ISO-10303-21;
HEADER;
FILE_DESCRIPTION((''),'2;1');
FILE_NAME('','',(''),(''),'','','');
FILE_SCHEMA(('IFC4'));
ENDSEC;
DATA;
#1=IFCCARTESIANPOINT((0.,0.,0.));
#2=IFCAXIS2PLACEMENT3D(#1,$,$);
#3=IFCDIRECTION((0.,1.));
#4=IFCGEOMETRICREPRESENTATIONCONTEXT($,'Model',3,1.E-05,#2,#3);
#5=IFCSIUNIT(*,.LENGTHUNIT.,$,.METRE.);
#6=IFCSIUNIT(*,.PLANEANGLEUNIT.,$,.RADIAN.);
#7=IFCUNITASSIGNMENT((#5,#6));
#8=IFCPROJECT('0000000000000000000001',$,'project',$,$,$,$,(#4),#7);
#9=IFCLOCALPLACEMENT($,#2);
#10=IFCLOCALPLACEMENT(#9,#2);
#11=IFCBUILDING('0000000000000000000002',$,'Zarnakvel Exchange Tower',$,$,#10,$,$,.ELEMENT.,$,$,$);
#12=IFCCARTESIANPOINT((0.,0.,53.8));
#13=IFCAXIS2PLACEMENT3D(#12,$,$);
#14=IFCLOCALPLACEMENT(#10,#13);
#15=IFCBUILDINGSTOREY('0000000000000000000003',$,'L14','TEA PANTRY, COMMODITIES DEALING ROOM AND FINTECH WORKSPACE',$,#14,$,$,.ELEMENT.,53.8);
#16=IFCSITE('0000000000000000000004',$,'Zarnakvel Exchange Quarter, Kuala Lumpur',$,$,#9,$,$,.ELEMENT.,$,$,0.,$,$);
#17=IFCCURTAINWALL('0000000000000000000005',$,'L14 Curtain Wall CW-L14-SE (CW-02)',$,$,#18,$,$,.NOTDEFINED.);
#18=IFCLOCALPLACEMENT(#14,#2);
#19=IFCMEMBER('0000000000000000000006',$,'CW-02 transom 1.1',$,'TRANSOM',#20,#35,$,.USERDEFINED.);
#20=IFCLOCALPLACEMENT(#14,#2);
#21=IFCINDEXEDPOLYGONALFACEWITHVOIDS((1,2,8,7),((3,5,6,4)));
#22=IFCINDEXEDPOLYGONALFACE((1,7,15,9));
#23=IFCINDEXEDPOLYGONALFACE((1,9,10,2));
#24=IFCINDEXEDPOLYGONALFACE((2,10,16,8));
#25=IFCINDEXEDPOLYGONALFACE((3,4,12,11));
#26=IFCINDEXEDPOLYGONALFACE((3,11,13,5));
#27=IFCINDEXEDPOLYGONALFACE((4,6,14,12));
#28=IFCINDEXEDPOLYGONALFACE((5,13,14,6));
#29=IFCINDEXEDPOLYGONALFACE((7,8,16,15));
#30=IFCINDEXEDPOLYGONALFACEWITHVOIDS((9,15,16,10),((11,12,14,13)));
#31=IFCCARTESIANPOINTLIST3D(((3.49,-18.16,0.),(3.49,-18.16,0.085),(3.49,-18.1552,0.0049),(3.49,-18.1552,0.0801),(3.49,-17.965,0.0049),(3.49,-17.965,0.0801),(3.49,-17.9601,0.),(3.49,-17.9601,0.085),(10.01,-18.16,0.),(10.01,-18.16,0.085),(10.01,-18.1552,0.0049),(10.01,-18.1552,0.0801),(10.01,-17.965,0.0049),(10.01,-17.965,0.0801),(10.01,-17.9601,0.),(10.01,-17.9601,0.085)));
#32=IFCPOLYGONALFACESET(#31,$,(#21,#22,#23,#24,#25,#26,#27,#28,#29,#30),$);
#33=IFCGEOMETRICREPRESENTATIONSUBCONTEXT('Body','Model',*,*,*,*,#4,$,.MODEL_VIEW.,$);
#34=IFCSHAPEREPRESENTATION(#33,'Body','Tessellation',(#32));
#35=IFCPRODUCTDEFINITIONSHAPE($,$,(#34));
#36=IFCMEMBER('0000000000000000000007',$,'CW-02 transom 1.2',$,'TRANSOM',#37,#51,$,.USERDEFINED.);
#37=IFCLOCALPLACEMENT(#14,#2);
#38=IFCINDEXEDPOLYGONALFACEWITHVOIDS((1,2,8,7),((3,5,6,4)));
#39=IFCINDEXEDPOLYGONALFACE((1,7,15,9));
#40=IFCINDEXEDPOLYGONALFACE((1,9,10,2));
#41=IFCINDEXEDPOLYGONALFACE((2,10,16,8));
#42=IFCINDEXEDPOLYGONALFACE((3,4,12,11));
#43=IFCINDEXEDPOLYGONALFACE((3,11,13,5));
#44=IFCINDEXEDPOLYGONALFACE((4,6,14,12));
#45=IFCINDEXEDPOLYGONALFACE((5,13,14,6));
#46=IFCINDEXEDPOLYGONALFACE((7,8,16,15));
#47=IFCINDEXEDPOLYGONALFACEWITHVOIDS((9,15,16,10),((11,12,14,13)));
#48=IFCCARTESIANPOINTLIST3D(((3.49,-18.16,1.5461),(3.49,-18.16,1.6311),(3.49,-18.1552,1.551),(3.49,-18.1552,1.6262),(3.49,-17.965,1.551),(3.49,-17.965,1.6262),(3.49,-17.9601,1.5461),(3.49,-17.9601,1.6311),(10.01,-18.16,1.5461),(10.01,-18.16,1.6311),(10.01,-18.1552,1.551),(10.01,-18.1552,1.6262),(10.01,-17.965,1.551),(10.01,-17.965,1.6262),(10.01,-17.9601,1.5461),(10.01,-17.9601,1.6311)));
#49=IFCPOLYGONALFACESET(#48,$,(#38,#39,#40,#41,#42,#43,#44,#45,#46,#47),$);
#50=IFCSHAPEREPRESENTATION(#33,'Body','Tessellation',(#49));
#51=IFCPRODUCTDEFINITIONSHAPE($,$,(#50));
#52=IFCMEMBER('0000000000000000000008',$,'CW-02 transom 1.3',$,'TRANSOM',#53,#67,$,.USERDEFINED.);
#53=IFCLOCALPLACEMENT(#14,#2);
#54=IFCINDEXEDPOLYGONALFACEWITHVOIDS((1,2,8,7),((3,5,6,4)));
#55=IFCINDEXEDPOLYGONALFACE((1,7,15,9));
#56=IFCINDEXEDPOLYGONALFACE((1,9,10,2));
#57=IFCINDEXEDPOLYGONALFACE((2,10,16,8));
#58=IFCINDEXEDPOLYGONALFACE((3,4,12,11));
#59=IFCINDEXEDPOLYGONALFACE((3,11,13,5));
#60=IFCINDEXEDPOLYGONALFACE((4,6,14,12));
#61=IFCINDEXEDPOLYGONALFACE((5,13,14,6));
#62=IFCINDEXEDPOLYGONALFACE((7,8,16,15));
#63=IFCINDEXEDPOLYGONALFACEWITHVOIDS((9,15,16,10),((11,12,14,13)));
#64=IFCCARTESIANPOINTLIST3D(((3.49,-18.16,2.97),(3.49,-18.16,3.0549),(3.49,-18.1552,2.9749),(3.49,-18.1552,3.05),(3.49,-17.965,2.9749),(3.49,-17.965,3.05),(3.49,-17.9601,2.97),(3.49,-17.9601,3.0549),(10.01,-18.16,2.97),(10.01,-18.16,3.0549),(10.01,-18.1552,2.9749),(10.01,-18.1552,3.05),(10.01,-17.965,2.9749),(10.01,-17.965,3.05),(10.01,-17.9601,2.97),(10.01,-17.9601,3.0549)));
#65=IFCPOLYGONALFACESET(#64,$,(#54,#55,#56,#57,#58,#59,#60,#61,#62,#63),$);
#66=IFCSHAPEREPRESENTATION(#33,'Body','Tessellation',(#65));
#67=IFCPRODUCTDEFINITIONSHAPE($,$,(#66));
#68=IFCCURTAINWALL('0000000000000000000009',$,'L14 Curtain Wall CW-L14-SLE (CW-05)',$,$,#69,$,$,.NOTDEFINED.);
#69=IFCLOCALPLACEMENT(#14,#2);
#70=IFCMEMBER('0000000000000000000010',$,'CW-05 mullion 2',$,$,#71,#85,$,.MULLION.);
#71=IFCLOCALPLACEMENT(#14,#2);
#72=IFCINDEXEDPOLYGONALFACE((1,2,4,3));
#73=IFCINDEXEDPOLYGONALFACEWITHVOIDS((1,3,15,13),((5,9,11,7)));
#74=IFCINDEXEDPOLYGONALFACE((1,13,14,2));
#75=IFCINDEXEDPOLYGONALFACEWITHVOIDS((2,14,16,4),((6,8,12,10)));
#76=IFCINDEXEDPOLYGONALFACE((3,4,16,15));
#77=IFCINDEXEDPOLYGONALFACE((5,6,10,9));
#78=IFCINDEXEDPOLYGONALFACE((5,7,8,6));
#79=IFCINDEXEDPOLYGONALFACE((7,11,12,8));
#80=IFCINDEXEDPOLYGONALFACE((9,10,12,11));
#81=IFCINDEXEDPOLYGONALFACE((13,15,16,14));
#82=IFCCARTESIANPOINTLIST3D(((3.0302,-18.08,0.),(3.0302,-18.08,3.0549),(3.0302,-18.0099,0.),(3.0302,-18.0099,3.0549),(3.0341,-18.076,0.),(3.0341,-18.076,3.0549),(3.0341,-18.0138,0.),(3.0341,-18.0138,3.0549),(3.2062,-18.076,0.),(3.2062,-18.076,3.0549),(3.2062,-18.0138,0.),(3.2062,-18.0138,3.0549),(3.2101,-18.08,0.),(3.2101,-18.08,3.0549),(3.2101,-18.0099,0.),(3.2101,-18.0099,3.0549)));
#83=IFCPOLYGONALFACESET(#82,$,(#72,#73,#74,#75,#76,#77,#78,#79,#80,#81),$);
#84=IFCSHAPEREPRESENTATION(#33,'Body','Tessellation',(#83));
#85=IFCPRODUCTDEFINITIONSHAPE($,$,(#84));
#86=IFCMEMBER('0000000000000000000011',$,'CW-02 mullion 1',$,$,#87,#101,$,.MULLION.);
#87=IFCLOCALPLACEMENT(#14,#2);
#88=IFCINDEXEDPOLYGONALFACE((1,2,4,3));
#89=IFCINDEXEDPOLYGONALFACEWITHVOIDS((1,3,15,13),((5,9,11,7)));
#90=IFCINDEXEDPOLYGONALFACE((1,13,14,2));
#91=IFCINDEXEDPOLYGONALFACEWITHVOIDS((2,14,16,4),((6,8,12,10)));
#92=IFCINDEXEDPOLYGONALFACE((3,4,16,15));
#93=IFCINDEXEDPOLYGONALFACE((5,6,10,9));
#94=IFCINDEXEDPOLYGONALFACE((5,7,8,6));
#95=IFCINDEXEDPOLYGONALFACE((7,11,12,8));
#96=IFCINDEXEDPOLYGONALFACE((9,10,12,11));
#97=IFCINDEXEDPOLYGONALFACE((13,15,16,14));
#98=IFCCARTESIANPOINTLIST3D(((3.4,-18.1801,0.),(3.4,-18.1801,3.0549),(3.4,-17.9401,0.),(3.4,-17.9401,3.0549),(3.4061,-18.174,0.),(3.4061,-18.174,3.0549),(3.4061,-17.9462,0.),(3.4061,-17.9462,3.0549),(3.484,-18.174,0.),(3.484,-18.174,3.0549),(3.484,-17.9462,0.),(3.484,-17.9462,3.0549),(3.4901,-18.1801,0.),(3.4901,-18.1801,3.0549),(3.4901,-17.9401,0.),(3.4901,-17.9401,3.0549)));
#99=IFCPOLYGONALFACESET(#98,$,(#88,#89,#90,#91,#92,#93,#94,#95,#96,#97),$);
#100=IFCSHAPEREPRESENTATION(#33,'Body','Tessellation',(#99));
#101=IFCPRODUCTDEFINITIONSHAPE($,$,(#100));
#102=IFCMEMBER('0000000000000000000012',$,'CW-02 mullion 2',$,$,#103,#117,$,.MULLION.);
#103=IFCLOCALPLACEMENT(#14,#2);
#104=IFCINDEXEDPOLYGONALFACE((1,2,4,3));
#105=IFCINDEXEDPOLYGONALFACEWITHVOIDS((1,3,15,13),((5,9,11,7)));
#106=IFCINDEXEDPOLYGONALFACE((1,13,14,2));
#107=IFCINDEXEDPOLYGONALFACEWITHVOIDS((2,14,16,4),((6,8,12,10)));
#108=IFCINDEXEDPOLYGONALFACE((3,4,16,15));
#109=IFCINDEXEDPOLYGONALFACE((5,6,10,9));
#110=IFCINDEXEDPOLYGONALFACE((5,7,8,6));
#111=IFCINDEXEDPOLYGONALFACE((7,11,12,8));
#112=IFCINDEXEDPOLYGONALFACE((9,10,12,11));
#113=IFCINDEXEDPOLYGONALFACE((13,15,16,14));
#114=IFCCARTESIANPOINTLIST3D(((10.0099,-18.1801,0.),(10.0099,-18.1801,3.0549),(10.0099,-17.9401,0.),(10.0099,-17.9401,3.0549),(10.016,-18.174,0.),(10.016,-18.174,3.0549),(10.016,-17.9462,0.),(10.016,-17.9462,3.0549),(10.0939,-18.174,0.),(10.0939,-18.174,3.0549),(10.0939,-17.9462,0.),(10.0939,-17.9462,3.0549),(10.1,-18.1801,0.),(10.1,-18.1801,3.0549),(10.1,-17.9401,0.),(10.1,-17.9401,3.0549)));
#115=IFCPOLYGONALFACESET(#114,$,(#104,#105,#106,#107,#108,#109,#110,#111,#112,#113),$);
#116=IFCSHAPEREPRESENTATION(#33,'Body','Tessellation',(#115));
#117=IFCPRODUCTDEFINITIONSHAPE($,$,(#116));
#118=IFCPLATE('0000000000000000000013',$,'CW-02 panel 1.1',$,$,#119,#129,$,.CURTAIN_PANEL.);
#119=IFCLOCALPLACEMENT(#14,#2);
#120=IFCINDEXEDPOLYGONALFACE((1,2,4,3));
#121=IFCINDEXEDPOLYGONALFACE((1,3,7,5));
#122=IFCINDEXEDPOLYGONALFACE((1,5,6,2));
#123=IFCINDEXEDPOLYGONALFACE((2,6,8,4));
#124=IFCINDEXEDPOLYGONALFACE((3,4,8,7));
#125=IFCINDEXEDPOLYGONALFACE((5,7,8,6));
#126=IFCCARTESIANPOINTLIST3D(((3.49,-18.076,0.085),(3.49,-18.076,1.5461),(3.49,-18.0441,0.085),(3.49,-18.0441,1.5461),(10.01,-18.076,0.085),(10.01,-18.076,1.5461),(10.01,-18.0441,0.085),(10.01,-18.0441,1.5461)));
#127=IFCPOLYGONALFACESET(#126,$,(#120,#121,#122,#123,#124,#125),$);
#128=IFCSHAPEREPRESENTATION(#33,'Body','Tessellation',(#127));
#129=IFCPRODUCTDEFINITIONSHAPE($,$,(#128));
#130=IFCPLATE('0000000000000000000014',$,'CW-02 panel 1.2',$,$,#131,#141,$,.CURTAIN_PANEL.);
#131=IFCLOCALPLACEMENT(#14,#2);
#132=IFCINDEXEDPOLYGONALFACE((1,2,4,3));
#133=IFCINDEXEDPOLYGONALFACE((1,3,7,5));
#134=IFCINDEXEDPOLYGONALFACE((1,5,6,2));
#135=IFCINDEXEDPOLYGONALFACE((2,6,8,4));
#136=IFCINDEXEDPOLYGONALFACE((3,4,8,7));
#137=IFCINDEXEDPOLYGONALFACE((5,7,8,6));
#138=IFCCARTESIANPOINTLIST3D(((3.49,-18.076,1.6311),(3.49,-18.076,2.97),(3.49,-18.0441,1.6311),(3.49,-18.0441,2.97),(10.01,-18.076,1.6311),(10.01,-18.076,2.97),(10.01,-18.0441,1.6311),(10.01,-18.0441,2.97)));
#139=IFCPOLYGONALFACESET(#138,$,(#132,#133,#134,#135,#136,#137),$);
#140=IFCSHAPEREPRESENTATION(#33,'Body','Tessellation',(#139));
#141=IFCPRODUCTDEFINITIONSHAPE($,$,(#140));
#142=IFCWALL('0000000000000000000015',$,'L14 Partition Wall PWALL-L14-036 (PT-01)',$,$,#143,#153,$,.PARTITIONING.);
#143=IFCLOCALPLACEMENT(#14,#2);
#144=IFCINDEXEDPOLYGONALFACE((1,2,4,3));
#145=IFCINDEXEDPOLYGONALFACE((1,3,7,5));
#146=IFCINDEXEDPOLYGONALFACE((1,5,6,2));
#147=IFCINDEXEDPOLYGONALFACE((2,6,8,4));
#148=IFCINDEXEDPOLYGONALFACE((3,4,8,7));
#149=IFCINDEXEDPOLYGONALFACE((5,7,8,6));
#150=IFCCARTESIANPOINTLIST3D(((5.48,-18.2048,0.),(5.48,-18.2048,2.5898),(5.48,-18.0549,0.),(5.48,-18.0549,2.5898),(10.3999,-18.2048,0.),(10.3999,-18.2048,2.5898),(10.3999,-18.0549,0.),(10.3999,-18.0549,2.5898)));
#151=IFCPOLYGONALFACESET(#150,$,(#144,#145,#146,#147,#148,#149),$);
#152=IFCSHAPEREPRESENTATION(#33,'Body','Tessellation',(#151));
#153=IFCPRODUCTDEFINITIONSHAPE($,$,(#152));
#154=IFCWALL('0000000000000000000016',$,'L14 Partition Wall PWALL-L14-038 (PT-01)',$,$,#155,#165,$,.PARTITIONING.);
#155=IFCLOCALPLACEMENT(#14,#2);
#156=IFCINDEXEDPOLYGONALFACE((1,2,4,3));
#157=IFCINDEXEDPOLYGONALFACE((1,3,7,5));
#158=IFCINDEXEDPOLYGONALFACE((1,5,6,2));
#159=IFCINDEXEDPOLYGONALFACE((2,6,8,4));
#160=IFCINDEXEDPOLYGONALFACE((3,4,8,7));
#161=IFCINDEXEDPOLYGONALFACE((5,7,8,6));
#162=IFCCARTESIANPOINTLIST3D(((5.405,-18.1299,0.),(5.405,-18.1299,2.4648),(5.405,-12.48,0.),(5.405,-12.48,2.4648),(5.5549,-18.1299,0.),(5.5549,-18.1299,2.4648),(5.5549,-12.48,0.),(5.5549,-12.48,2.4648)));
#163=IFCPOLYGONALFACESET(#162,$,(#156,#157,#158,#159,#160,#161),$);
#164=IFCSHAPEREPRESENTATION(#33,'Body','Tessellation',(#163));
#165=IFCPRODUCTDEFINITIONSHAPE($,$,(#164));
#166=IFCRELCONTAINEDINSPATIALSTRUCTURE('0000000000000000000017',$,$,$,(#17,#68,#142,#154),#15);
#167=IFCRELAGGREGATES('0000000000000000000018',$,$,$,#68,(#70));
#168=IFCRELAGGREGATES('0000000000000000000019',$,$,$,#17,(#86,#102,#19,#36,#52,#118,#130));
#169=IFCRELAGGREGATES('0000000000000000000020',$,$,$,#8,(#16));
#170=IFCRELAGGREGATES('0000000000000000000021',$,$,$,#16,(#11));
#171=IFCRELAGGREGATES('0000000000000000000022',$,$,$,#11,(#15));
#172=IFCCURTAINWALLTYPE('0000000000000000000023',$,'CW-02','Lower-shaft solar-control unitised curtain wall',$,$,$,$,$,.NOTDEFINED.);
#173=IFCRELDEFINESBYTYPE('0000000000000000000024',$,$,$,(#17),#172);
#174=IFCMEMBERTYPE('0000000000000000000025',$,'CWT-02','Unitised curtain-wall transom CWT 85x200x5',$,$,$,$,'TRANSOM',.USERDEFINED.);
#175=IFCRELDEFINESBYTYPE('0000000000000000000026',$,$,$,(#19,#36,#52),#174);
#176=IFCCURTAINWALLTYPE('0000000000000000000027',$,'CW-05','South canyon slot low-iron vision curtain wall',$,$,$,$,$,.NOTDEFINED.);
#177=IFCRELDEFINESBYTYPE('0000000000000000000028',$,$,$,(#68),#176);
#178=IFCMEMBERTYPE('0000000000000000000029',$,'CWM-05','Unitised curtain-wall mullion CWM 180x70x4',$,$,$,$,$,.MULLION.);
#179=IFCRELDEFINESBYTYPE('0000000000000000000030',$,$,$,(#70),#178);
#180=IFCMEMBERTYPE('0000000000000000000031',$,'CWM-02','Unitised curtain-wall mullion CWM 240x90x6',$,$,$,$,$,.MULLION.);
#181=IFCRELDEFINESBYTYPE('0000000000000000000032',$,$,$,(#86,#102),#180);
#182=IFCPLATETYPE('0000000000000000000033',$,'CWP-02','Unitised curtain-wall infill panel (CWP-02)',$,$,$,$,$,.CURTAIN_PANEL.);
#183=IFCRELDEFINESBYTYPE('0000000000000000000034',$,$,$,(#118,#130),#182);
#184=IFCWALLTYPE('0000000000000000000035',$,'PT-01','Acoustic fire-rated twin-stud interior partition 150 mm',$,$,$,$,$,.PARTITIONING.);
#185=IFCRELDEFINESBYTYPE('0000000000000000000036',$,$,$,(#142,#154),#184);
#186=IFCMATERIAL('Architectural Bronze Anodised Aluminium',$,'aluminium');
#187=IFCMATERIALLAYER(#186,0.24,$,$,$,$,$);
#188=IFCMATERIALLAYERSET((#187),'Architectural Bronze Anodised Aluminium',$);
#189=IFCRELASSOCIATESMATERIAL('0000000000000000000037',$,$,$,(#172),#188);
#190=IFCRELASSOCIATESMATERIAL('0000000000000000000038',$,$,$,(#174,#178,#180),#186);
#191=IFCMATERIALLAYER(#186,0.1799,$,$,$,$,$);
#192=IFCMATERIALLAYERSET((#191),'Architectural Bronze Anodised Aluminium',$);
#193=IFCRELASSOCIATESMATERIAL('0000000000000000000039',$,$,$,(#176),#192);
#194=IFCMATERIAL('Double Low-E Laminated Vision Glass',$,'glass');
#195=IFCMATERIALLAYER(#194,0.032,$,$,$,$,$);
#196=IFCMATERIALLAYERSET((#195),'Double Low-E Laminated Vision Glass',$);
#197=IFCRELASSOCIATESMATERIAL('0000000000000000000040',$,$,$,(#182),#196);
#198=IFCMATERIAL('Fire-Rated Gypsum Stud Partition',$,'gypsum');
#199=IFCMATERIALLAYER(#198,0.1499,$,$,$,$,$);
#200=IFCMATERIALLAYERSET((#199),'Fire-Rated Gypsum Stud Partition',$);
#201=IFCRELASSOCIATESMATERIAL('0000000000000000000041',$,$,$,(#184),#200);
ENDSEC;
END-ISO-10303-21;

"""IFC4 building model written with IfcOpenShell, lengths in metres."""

from ifc_helpers import new_model, si_unit, direction, frame, frame_2d, origin, origin_2d, place, context, subcontext, project, spatial, rectangle, hollow_rectangle, extrude, source, transform, mapped, material, layer, layer_set, material_profile, profile_set, type_object, element, aggregate, save


model = new_model("IFC4")

# Units and contexts
model_context = context("Model", 3, precision=1e-05, world=origin(), true_north=direction((0.0, 1.0)))
body_context = subcontext(model_context, "Body", "Model", "MODEL_VIEW")
ifc_project = project(units=[si_unit("LENGTHUNIT", "METRE"), si_unit("PLANEANGLEUNIT", "RADIAN")], contexts=[model_context])

# Site, building, storey
site_placement = place(None, origin())
site = spatial("IfcSite", under=ifc_project, at=site_placement, Name="Zarnakvel Exchange Quarter, Kuala Lumpur", CompositionType="ELEMENT", RefElevation=0.0)
building_placement = place(site_placement, origin())
building = spatial("IfcBuilding", under=site, at=building_placement, Name="Zarnakvel Exchange Tower", CompositionType="ELEMENT")
storey_placement = place(building_placement, frame((0.0, 0.0, 53.8)))
storey = spatial("IfcBuildingStorey", under=building, at=storey_placement, Name="L14", Description="TEA PANTRY, COMMODITIES DEALING ROOM AND FINTECH WORKSPACE", CompositionType="ELEMENT", Elevation=53.8)

# Curtain wall, members
ifc_material_1 = material(Name="Architectural Bronze Anodised Aluminium", Category="aluminium")
ifc_layer_1 = layer(ifc_material_1, 0.24)
ifc_layer_set_1 = layer_set([ifc_layer_1], Name="Architectural Bronze Anodised Aluminium")
curtain_wall_type_1 = type_object("IfcCurtainWallType", Name="CW-02", Description="Lower-shaft solar-control unitised curtain wall", PredefinedType="NOTDEFINED", material=ifc_layer_set_1)
curtain_wall_1_placement = place(storey_placement, origin())
curtain_wall_1 = element("IfcCurtainWall", 1, at=curtain_wall_1_placement, inside=storey, type_object=curtain_wall_type_1, Name="L14 Curtain Wall CW-L14-SE (CW-02)", PredefinedType="NOTDEFINED")
ifc_material_profile_1 = material_profile(ifc_material_1, hollow_rectangle(XDim=0.2, YDim=0.085, WallThickness=0.0049, at=origin_2d()))
ifc_profile_set_1 = profile_set([ifc_material_profile_1], Name="Architectural Bronze Anodised Aluminium")
member_type_1 = type_object("IfcMemberType", Name="CWT-02", Description="Unitised curtain-wall transom CWT 85x200x5", ElementType="TRANSOM", PredefinedType="USERDEFINED", material=ifc_profile_set_1)
shared_shape_1 = source(origin(), body_context, "Body", "SweptSolid", [
    extrude(hollow_rectangle(XDim=0.2, YDim=0.085, WallThickness=0.0049, at=origin_2d()), origin(), (0.0, 0.0, 1.0), 6.52),
])
member_1_placement = place(storey_placement, frame((3.49, -18.0601, 0.0425), z_axis=(1.0, 0.0, 0.0), x_axis=(0.0, 1.0, 0.0)))
member_1 = element("IfcMember", 2, at=member_1_placement, type_object=member_type_1, Name="CW-02 transom 1.1", ObjectType="TRANSOM", PredefinedType="USERDEFINED", context=body_context, shape_type="MappedRepresentation", body=[
    mapped(shared_shape_1, transform((0.0, 0.0, 0.0), x_axis=(1.0, 0.0, 0.0), y_axis=(0.0, 1.0, 0.0), z_axis=(0.0, 0.0, 1.0), scale=1.0)),
])
member_2_placement = place(storey_placement, frame((3.49, -18.0601, 1.5886), z_axis=(1.0, 0.0, 0.0), x_axis=(0.0, 1.0, 0.0)))
member_2 = element("IfcMember", 3, at=member_2_placement, type_object=member_type_1, Name="CW-02 transom 1.2", ObjectType="TRANSOM", PredefinedType="USERDEFINED", context=body_context, shape_type="MappedRepresentation", body=[
    mapped(shared_shape_1, transform((0.0, 0.0, 0.0), x_axis=(1.0, 0.0, 0.0), y_axis=(0.0, 1.0, 0.0), z_axis=(0.0, 0.0, 1.0), scale=1.0)),
])
member_3_placement = place(storey_placement, frame((3.49, -18.0601, 3.0125), z_axis=(1.0, 0.0, 0.0), x_axis=(0.0, 1.0, 0.0)))
member_3 = element("IfcMember", 4, at=member_3_placement, type_object=member_type_1, Name="CW-02 transom 1.3", ObjectType="TRANSOM", PredefinedType="USERDEFINED", context=body_context, shape_type="MappedRepresentation", body=[
    mapped(shared_shape_1, transform((0.0, 0.0, 0.0), x_axis=(1.0, 0.0, 0.0), y_axis=(0.0, 1.0, 0.0), z_axis=(0.0, 0.0, 1.0), scale=1.0)),
])

# Curtain wall, member
ifc_layer_2 = layer(ifc_material_1, 0.1799)
ifc_layer_set_2 = layer_set([ifc_layer_2], Name="Architectural Bronze Anodised Aluminium")
curtain_wall_type_2 = type_object("IfcCurtainWallType", Name="CW-05", Description="South canyon slot low-iron vision curtain wall", PredefinedType="NOTDEFINED", material=ifc_layer_set_2)
curtain_wall_2_placement = place(storey_placement, origin())
curtain_wall_2 = element("IfcCurtainWall", 5, at=curtain_wall_2_placement, inside=storey, type_object=curtain_wall_type_2, Name="L14 Curtain Wall CW-L14-SLE (CW-05)", PredefinedType="NOTDEFINED")
ifc_material_profile_2 = material_profile(ifc_material_1, hollow_rectangle(XDim=0.1799, YDim=0.0701, WallThickness=0.0039, at=origin_2d()))
ifc_profile_set_2 = profile_set([ifc_material_profile_2], Name="Architectural Bronze Anodised Aluminium")
member_type_2 = type_object("IfcMemberType", Name="CWM-05", Description="Unitised curtain-wall mullion CWM 180x70x4", PredefinedType="MULLION", material=ifc_profile_set_2)
shared_shape_2 = source(origin(), body_context, "Body", "SweptSolid", [
    extrude(hollow_rectangle(XDim=0.1799, YDim=0.0701, WallThickness=0.0039, at=origin_2d()), origin(), (0.0, 0.0, 1.0), 3.0549),
])
member_4_placement = place(storey_placement, frame((3.1201, -18.0449, 0.0), z_axis=(0.0, 0.0, 1.0), x_axis=(1.0, 0.0, 0.0)))
member_4 = element("IfcMember", 6, at=member_4_placement, type_object=member_type_2, Name="CW-05 mullion 2", PredefinedType="MULLION", context=body_context, shape_type="MappedRepresentation", body=[
    mapped(shared_shape_2, transform((0.0, 0.0, 0.0), x_axis=(1.0, 0.0, 0.0), y_axis=(0.0, 1.0, 0.0), z_axis=(0.0, 0.0, 1.0), scale=1.0)),
])
aggregate(curtain_wall_2, [member_4])

# Members
ifc_material_profile_3 = material_profile(ifc_material_1, hollow_rectangle(XDim=0.24, YDim=0.0901, WallThickness=0.0061, at=origin_2d()))
ifc_profile_set_3 = profile_set([ifc_material_profile_3], Name="Architectural Bronze Anodised Aluminium")
member_type_3 = type_object("IfcMemberType", Name="CWM-02", Description="Unitised curtain-wall mullion CWM 240x90x6", PredefinedType="MULLION", material=ifc_profile_set_3)
shared_shape_3 = source(origin(), body_context, "Body", "SweptSolid", [
    extrude(hollow_rectangle(XDim=0.24, YDim=0.0901, WallThickness=0.0061, at=origin_2d()), origin(), (0.0, 0.0, 1.0), 3.0549),
])
member_5_placement = place(storey_placement, frame((3.4451, -18.0601, 0.0), z_axis=(0.0, 0.0, 1.0), x_axis=(0.0, 1.0, 0.0)))
member_5 = element("IfcMember", 7, at=member_5_placement, type_object=member_type_3, Name="CW-02 mullion 1", PredefinedType="MULLION", context=body_context, shape_type="MappedRepresentation", body=[
    mapped(shared_shape_3, transform((0.0, 0.0, 0.0), x_axis=(1.0, 0.0, 0.0), y_axis=(0.0, 1.0, 0.0), z_axis=(0.0, 0.0, 1.0), scale=1.0)),
])
member_6_placement = place(storey_placement, frame((10.0549, -18.0601, 0.0), z_axis=(0.0, 0.0, 1.0), x_axis=(0.0, 1.0, 0.0)))
member_6 = element("IfcMember", 8, at=member_6_placement, type_object=member_type_3, Name="CW-02 mullion 2", PredefinedType="MULLION", context=body_context, shape_type="MappedRepresentation", body=[
    mapped(shared_shape_3, transform((0.0, 0.0, 0.0), x_axis=(1.0, 0.0, 0.0), y_axis=(0.0, 1.0, 0.0), z_axis=(0.0, 0.0, 1.0), scale=1.0)),
])

# Plates
ifc_material_2 = material(Name="Double Low-E Laminated Vision Glass", Category="glass")
ifc_layer_3 = layer(ifc_material_2, 0.032)
ifc_layer_set_3 = layer_set([ifc_layer_3], Name="Double Low-E Laminated Vision Glass")
plate_type = type_object("IfcPlateType", Name="CWP-02", Description="Unitised curtain-wall infill panel (CWP-02)", PredefinedType="CURTAIN_PANEL", material=ifc_layer_set_3)
shared_shape_4 = source(origin(), body_context, "Body", "SweptSolid", [
    extrude(rectangle(XDim=6.52, YDim=0.032, at=origin_2d()), origin(), (0.0, 0.0, 1.0), 1.4612),
])
plate_1_placement = place(storey_placement, frame((6.75, -18.0601, 0.085), z_axis=(0.0, 0.0, 1.0), x_axis=(1.0, 0.0, 0.0)))
plate_1 = element("IfcPlate", 9, at=plate_1_placement, type_object=plate_type, Name="CW-02 panel 1.1", PredefinedType="CURTAIN_PANEL", context=body_context, shape_type="MappedRepresentation", body=[
    mapped(shared_shape_4, transform((0.0, 0.0, 0.0), x_axis=(1.0, 0.0, 0.0), y_axis=(0.0, 1.0, 0.0), z_axis=(0.0, 0.0, 1.0), scale=1.0)),
])
shared_shape_5 = source(origin(), body_context, "Body", "SweptSolid", [
    extrude(rectangle(XDim=6.52, YDim=0.032, at=origin_2d()), origin(), (0.0, 0.0, 1.0), 1.3389),
])
plate_2_placement = place(storey_placement, frame((6.75, -18.0601, 1.6311), z_axis=(0.0, 0.0, 1.0), x_axis=(1.0, 0.0, 0.0)))
plate_2 = element("IfcPlate", 10, at=plate_2_placement, type_object=plate_type, Name="CW-02 panel 1.2", PredefinedType="CURTAIN_PANEL", context=body_context, shape_type="MappedRepresentation", body=[
    mapped(shared_shape_5, transform((0.0, 0.0, 0.0), x_axis=(1.0, 0.0, 0.0), y_axis=(0.0, 1.0, 0.0), z_axis=(0.0, 0.0, 1.0), scale=1.0)),
])
aggregate(curtain_wall_1, [member_5, member_6, member_1, member_2, member_3, plate_1, plate_2])

# Walls
ifc_material_3 = material(Name="Fire-Rated Gypsum Stud Partition", Category="gypsum")
ifc_layer_4 = layer(ifc_material_3, 0.1499)
ifc_layer_set_4 = layer_set([ifc_layer_4], Name="Fire-Rated Gypsum Stud Partition")
wall_type = type_object("IfcWallType", Name="PT-01", Description="Acoustic fire-rated twin-stud interior partition 150 mm", PredefinedType="PARTITIONING", material=ifc_layer_set_4)
wall_1_placement = place(storey_placement, frame((10.3999, -18.1299, 0.0), z_axis=(0.0, 0.0, 1.0), x_axis=(-1.0, 0.0, 0.0)))
element("IfcWall", 11, at=wall_1_placement, inside=storey, type_object=wall_type, Name="L14 Partition Wall PWALL-L14-036 (PT-01)", PredefinedType="PARTITIONING", context=body_context, shape_type="SweptSolid", body=[
    extrude(rectangle(XDim=4.9199, YDim=0.1499, at=frame_2d((2.46, 0.0))), origin(), (0.0, 0.0, 1.0), 2.5898),
])
wall_2_placement = place(storey_placement, frame((5.48, -18.1299, 0.0), z_axis=(0.0, 0.0, 1.0), x_axis=(0.0, 1.0, 0.0)))
element("IfcWall", 12, at=wall_2_placement, inside=storey, type_object=wall_type, Name="L14 Partition Wall PWALL-L14-038 (PT-01)", PredefinedType="PARTITIONING", context=body_context, shape_type="SweptSolid", body=[
    extrude(rectangle(XDim=5.6499, YDim=0.1499, at=frame_2d((2.825, 0.0))), origin(), (0.0, 0.0, 1.0), 2.4648),
])

save(model, "model.ifc")
